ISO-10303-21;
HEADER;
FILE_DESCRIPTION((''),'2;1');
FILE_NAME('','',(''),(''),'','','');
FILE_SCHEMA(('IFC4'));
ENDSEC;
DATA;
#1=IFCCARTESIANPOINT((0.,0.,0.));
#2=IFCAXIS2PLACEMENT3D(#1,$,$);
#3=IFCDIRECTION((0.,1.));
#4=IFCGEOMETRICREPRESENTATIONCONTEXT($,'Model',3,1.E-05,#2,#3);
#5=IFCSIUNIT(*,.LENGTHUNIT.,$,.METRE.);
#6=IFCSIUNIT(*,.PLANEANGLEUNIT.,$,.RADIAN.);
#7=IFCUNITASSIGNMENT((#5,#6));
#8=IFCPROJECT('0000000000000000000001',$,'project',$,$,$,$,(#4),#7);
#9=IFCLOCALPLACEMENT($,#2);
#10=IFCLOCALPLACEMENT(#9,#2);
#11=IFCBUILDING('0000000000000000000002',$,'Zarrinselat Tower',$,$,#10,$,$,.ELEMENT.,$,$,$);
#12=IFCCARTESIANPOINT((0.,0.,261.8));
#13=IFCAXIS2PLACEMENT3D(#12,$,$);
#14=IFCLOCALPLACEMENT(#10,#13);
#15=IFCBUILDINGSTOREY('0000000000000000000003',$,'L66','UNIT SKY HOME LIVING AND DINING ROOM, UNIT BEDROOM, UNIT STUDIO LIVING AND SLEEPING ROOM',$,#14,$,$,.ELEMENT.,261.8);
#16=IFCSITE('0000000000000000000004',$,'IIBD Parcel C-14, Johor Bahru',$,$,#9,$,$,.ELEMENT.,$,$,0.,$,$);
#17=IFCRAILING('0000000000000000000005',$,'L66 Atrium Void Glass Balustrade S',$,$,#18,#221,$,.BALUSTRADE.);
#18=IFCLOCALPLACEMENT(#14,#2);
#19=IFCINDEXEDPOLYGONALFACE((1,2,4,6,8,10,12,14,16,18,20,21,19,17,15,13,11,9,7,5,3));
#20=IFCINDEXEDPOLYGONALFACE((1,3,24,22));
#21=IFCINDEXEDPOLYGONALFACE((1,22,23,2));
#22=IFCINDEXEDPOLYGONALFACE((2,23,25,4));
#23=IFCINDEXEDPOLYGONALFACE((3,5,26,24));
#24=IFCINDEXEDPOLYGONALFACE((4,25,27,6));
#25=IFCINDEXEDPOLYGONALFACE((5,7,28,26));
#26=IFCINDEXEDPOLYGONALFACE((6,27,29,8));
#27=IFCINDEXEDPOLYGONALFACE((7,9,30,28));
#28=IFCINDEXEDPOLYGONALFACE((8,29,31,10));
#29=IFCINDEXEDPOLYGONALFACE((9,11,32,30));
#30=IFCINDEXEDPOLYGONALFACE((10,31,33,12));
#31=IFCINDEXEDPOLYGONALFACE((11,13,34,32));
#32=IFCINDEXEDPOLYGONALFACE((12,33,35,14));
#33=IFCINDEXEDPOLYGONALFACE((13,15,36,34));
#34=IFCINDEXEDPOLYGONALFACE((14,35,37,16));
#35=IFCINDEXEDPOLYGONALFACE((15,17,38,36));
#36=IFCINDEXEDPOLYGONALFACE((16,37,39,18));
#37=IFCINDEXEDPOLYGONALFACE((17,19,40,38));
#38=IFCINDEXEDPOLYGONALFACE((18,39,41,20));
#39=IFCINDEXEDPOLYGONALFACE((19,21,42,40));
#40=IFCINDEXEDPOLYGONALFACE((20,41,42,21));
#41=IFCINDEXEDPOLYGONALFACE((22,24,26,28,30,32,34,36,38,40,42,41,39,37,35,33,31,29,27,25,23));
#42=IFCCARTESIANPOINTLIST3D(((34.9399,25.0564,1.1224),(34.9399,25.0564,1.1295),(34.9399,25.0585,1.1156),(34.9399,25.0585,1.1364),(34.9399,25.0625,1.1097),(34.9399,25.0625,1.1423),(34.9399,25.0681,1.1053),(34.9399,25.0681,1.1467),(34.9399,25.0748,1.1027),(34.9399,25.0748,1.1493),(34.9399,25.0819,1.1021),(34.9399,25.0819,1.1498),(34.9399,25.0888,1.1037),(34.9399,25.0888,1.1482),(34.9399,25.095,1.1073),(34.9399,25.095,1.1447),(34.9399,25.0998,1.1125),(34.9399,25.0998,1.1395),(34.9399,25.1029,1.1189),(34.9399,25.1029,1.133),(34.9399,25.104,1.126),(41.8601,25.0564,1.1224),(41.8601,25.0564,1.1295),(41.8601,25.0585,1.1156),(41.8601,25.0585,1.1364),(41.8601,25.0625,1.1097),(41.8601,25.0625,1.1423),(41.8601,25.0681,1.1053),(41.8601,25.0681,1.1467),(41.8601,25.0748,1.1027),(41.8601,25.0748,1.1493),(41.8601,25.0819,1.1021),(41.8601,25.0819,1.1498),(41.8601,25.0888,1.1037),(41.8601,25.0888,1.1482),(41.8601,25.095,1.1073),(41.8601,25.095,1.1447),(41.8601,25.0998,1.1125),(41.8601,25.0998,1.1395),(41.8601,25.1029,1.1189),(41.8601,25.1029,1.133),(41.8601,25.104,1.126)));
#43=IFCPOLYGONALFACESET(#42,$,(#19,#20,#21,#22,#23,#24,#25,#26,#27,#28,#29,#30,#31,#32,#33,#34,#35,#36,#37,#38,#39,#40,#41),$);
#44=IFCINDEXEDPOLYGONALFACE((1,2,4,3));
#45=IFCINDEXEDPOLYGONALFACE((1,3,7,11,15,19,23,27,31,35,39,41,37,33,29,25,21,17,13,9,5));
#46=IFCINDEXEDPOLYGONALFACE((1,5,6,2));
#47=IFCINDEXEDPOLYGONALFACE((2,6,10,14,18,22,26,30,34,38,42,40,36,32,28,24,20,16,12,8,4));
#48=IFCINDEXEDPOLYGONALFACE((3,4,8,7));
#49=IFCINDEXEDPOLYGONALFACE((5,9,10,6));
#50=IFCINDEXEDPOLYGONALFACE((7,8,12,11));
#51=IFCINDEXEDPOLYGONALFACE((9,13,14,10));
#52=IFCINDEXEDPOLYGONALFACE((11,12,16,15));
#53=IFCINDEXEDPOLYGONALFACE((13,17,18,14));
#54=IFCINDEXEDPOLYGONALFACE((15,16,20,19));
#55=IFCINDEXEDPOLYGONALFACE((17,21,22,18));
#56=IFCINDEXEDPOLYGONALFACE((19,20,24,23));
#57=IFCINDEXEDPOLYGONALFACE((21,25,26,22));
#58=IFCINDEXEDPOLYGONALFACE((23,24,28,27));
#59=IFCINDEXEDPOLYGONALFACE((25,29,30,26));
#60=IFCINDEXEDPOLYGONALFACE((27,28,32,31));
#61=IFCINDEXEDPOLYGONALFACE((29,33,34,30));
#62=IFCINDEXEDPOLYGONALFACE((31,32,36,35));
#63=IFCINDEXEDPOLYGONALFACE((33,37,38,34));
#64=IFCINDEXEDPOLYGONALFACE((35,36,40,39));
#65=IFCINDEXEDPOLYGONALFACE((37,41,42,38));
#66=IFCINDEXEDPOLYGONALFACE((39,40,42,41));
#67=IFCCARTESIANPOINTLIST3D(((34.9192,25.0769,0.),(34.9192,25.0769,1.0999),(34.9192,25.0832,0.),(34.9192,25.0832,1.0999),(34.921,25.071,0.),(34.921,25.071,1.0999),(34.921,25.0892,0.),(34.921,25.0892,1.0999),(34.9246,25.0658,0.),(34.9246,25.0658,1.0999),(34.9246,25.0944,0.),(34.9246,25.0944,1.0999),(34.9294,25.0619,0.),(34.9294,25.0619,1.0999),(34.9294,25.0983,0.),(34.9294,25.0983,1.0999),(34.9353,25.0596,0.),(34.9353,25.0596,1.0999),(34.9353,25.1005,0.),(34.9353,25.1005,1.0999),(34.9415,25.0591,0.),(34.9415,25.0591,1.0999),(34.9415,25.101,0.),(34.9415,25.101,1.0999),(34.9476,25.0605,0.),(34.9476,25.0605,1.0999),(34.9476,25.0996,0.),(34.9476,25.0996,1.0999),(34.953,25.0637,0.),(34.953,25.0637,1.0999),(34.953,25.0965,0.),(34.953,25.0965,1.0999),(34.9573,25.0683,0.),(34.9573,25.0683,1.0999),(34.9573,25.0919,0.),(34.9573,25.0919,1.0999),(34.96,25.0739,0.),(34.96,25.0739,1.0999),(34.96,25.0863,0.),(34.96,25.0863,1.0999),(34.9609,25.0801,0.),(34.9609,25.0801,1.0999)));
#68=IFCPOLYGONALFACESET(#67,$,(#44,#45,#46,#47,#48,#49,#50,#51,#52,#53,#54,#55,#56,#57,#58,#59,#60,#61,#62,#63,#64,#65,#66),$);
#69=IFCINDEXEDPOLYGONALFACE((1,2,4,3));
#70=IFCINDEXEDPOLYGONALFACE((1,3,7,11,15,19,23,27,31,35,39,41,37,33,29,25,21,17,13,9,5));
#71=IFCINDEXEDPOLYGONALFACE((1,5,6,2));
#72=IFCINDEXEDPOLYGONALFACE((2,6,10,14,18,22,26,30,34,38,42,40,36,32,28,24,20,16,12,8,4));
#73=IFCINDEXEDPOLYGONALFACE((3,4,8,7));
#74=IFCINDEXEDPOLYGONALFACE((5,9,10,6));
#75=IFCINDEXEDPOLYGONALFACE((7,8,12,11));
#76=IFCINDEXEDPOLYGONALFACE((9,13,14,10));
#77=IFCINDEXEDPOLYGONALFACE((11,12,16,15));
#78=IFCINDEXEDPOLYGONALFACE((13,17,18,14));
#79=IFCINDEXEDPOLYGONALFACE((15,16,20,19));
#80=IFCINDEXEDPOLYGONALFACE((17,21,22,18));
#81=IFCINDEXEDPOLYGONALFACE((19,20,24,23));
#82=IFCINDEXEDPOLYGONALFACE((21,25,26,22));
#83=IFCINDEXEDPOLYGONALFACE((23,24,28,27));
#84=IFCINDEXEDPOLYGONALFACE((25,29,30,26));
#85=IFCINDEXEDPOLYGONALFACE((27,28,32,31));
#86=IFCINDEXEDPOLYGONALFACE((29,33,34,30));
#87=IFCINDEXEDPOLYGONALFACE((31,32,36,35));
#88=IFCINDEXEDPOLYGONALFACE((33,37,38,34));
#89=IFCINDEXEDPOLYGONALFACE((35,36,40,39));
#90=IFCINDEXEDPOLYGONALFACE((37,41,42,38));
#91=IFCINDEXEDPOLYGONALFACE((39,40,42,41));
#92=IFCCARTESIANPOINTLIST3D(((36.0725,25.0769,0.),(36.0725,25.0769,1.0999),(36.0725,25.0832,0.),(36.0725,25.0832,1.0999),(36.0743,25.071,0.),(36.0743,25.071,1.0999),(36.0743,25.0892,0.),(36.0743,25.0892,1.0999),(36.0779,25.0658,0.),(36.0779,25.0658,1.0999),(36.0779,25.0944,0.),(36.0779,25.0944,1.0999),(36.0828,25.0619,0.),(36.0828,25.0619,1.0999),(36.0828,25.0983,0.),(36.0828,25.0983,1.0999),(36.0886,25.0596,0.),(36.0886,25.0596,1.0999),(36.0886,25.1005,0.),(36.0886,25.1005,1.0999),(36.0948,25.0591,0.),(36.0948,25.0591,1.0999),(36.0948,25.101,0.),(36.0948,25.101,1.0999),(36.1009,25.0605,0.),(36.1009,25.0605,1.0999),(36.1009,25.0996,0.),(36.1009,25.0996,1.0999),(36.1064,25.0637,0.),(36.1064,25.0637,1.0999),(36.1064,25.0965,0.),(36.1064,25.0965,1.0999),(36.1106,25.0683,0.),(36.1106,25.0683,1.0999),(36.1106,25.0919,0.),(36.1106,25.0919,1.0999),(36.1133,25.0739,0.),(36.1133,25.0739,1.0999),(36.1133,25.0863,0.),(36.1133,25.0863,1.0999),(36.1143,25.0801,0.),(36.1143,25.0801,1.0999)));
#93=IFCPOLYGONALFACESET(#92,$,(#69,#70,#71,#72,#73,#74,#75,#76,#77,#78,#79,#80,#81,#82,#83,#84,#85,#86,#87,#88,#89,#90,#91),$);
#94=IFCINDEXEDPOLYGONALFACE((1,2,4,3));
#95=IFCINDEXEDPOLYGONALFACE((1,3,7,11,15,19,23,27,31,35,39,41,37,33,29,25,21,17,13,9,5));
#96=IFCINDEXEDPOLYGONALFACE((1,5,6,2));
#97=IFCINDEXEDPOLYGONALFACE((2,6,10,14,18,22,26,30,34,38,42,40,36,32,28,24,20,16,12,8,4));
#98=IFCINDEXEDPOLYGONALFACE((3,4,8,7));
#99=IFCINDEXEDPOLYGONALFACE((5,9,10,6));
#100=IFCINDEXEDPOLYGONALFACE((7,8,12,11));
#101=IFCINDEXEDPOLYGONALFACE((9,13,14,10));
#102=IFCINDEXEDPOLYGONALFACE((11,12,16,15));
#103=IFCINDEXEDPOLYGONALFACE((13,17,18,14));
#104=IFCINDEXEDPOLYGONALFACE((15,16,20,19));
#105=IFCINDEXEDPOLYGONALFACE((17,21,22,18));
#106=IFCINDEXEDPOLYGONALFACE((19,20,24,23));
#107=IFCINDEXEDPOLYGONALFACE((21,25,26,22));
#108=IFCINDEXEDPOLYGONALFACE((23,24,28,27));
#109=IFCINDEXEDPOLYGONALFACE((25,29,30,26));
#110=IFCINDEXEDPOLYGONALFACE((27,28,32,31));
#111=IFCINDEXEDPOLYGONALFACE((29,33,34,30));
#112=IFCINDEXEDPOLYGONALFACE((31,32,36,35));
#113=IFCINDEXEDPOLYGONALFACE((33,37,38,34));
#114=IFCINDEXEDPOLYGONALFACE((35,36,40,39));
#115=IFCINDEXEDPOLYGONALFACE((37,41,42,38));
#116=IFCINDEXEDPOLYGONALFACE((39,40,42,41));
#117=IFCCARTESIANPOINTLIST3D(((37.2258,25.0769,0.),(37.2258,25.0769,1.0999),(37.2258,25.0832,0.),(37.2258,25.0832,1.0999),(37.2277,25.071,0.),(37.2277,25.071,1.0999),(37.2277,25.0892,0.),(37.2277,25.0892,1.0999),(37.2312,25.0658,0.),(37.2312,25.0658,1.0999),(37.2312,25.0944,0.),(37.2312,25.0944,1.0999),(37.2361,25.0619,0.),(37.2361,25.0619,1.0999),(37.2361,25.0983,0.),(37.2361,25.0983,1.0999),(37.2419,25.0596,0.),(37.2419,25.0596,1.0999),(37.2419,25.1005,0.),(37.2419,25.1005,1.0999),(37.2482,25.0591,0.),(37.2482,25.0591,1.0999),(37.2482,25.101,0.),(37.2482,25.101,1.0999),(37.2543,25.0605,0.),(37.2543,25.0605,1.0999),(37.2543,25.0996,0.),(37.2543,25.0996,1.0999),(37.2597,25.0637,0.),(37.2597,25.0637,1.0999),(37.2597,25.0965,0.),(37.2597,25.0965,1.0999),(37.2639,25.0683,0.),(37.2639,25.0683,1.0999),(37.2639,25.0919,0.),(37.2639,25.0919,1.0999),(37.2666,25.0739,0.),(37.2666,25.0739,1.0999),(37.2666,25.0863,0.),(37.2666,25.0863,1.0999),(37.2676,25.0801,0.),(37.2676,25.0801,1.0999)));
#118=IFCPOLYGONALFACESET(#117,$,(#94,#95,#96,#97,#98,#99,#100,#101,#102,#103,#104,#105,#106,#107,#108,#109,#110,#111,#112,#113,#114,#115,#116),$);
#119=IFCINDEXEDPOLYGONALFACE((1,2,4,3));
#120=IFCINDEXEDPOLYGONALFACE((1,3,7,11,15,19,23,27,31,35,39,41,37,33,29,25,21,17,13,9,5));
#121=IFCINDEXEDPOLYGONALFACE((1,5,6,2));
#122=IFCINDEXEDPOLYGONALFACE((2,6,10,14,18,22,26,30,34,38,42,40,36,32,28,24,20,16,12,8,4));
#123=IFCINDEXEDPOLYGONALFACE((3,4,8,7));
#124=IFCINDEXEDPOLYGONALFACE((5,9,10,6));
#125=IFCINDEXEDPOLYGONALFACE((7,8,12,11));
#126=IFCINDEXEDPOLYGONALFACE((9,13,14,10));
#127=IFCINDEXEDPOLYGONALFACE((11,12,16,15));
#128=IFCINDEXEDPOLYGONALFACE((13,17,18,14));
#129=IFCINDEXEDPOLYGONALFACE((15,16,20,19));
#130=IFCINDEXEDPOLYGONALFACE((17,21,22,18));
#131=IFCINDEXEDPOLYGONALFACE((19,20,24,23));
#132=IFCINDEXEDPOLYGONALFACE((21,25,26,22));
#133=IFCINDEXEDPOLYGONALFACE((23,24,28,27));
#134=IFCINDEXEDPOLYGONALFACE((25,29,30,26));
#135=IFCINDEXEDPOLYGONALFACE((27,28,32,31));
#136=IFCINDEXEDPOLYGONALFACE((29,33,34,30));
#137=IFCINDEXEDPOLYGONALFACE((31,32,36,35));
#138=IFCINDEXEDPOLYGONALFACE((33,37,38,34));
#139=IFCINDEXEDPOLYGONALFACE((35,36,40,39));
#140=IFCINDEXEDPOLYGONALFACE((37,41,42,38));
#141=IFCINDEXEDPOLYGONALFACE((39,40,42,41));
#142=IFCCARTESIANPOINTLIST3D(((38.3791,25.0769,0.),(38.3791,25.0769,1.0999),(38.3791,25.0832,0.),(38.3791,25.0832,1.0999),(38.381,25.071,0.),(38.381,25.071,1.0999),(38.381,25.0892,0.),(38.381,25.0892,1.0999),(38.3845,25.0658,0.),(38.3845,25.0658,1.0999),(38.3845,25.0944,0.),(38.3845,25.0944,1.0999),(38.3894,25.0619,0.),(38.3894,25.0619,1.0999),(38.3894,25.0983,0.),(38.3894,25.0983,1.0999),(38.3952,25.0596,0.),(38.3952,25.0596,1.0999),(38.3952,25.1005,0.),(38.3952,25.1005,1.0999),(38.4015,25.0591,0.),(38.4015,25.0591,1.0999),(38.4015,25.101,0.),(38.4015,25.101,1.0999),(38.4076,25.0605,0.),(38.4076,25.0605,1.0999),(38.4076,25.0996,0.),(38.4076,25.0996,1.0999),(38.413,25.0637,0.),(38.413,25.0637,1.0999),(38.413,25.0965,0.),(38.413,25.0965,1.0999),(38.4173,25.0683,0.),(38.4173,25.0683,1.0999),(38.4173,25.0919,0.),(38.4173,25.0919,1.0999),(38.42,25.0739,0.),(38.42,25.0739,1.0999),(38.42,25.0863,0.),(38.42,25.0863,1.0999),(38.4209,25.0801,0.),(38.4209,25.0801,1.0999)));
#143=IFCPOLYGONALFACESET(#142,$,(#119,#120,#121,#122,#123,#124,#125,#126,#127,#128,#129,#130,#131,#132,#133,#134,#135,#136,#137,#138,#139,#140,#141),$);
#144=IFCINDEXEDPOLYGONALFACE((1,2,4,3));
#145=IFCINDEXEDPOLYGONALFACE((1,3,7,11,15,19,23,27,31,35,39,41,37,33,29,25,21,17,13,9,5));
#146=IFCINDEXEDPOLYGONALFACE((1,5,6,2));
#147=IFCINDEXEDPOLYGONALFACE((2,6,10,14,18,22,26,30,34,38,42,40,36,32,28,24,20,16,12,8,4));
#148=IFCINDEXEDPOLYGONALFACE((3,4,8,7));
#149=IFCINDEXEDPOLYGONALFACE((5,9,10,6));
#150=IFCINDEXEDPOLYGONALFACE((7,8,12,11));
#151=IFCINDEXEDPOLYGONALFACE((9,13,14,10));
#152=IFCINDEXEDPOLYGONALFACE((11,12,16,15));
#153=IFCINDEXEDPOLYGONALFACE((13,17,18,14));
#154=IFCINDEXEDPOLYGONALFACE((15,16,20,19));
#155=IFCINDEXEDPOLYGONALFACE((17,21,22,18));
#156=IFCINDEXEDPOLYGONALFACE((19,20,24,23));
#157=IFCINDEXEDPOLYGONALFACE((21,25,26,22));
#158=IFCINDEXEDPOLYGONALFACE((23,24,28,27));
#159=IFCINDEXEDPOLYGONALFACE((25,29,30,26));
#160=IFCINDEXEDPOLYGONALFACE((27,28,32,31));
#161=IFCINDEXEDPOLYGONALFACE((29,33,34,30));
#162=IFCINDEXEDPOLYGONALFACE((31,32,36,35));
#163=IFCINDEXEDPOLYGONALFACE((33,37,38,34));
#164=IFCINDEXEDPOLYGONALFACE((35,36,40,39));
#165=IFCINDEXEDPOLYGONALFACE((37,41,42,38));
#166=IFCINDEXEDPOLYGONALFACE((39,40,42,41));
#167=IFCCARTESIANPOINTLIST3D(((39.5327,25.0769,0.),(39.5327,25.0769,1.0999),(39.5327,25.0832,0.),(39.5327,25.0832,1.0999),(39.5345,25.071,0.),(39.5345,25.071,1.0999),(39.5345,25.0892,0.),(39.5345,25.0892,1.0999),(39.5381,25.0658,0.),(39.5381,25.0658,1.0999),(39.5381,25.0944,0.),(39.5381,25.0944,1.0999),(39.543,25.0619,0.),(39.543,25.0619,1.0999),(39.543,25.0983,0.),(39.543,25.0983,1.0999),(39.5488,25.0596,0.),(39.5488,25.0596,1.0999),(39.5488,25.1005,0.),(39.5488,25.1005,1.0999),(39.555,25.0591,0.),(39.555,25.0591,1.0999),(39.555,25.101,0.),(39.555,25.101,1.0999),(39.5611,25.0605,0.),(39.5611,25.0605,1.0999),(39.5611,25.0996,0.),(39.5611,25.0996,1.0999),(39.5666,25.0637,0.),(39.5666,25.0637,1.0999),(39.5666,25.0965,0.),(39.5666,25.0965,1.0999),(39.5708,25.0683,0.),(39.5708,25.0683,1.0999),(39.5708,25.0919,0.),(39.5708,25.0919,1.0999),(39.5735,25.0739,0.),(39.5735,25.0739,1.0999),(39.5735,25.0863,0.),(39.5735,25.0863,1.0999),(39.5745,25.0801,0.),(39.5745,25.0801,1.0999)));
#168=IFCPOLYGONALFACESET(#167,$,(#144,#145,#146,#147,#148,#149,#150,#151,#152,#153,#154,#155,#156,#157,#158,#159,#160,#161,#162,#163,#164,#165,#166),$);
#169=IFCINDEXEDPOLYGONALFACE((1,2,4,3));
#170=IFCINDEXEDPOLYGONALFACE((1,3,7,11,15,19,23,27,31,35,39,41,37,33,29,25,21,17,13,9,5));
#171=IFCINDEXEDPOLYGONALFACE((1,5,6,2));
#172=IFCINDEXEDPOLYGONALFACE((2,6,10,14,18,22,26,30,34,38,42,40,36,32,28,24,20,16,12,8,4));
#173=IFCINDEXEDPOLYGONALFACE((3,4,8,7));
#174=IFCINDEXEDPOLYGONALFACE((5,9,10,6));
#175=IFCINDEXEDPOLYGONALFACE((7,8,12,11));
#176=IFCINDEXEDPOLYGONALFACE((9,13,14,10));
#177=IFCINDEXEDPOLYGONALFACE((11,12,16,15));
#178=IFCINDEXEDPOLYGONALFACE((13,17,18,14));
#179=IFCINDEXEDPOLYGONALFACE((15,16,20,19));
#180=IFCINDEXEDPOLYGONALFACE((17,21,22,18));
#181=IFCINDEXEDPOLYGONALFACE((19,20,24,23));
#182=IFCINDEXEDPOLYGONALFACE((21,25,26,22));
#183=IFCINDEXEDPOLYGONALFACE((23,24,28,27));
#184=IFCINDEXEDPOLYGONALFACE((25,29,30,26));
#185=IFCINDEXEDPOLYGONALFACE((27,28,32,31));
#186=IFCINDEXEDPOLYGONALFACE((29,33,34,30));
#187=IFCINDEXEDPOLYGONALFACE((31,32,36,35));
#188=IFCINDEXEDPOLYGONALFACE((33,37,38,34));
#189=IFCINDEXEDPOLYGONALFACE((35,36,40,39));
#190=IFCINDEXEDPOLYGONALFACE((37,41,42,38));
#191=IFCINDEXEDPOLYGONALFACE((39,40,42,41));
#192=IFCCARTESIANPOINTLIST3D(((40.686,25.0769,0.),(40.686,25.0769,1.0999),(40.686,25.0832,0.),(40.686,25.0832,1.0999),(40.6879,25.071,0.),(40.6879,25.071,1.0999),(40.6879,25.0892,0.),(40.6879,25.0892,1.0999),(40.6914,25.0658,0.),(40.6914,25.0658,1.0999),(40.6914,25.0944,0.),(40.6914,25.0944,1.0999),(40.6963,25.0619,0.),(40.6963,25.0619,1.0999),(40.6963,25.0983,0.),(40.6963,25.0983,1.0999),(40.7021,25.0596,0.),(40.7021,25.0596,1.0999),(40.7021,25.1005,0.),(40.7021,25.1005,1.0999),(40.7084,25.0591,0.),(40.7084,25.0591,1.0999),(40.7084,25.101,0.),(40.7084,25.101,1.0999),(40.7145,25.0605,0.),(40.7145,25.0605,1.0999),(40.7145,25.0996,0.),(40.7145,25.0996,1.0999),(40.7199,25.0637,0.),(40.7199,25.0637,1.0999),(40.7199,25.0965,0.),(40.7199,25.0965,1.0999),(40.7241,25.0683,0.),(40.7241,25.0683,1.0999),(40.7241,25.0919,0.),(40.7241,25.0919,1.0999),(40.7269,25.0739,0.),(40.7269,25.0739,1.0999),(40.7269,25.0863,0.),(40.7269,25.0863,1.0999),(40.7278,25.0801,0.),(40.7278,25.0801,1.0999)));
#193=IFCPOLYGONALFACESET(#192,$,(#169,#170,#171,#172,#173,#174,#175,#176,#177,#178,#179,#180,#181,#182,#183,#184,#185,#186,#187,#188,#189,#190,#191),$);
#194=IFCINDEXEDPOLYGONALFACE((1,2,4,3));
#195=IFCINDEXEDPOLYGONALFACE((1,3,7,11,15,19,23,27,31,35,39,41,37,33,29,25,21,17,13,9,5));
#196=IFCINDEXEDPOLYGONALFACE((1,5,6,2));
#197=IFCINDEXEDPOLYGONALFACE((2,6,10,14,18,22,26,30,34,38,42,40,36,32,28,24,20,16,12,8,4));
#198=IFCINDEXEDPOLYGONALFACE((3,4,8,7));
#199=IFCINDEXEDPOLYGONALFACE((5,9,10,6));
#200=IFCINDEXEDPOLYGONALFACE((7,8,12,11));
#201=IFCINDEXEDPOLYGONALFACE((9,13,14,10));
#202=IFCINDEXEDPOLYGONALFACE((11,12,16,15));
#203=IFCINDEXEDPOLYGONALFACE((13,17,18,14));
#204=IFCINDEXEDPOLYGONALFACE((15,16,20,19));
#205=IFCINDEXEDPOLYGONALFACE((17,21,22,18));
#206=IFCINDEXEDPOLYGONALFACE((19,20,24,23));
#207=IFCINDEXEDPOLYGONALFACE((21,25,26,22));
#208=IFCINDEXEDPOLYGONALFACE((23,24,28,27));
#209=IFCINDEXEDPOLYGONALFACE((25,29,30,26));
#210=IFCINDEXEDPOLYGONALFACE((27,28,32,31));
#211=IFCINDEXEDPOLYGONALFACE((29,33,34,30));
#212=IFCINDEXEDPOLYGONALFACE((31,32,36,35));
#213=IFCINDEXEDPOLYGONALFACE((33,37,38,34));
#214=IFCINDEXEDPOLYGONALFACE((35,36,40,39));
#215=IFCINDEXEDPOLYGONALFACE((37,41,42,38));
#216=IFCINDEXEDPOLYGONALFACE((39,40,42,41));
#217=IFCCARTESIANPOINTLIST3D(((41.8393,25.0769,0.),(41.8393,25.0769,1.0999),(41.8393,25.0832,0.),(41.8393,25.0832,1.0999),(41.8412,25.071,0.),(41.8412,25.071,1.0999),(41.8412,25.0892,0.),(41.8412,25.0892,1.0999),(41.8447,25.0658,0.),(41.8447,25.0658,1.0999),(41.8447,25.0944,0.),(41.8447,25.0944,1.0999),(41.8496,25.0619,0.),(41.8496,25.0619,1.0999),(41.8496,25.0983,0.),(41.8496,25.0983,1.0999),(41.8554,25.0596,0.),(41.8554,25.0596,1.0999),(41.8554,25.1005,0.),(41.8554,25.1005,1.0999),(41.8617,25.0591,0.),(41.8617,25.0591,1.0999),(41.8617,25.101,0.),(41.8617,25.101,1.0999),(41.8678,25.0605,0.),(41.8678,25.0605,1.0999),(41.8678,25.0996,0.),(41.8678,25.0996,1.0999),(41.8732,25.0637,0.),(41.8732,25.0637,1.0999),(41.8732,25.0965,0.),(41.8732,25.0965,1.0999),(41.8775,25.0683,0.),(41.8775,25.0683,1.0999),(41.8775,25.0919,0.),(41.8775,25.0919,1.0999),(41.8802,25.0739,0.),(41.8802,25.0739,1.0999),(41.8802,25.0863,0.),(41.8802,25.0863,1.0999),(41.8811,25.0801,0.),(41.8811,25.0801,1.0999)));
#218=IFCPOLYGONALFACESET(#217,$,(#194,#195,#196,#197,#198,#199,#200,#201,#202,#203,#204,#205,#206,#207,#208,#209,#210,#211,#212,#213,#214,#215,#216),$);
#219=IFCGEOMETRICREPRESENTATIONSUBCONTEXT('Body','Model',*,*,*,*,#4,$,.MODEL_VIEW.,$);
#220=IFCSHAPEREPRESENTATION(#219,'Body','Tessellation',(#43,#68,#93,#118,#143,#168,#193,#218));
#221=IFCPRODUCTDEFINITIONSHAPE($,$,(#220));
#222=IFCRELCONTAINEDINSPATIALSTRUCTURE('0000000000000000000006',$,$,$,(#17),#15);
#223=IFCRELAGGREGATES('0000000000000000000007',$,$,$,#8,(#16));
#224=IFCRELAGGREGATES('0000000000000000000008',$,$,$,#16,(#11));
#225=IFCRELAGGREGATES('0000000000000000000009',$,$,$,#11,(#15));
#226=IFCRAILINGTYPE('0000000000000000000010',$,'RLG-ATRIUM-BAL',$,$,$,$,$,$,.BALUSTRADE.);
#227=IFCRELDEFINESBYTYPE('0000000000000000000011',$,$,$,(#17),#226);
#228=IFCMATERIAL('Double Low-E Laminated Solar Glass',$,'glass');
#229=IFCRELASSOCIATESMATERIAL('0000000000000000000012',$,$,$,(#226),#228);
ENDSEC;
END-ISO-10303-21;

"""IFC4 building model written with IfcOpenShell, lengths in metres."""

from ifc_helpers import new_model, si_unit, direction, frame, origin, origin_2d, place, context, subcontext, project, spatial, circle, extrude, material, type_object, element, save


model = new_model("IFC4")

# Units and contexts
model_context = context("Model", 3, precision=1e-05, world=origin(), true_north=direction((0.0, 1.0)))
body_context = subcontext(model_context, "Body", "Model", "MODEL_VIEW")
ifc_project = project(units=[si_unit("LENGTHUNIT", "METRE"), si_unit("PLANEANGLEUNIT", "RADIAN")], contexts=[model_context])

# Site, building, storey
site_placement = place(None, origin())
site = spatial("IfcSite", under=ifc_project, at=site_placement, Name="IIBD Parcel C-14, Johor Bahru", CompositionType="ELEMENT", RefElevation=0.0)
building_placement = place(site_placement, origin())
building = spatial("IfcBuilding", under=site, at=building_placement, Name="Zarrinselat Tower", CompositionType="ELEMENT")
storey_placement = place(building_placement, frame((0.0, 0.0, 261.8)))
storey = spatial("IfcBuildingStorey", under=building, at=storey_placement, Name="L66", Description="UNIT SKY HOME LIVING AND DINING ROOM, UNIT BEDROOM, UNIT STUDIO LIVING AND SLEEPING ROOM", CompositionType="ELEMENT", Elevation=261.8)

# Railing
ifc_material_1 = material(Name="Double Low-E Laminated Solar Glass", Category="glass")
railing_type = type_object("IfcRailingType", Name="RLG-ATRIUM-BAL", PredefinedType="BALUSTRADE", material=ifc_material_1)
railing_1_placement = place(storey_placement, frame((34.9399, 25.0801, 0.0)))
element("IfcRailing", 1, at=railing_1_placement, inside=storey, type_object=railing_type, Name="L66 Atrium Void Glass Balustrade S", PredefinedType="BALUSTRADE", context=body_context, shape_type="SweptSolid", body=[
    extrude(circle(Radius=0.0239, at=origin_2d()), frame((0.0, 0.0, 1.126), z_axis=(1.0, 0.0, 0.0), x_axis=(0.0, 1.0, 0.0)), (0.0, 0.0, 1.0), 6.9202),
    extrude(circle(Radius=0.021, at=origin_2d()), origin(), (0.0, 0.0, 1.0), 1.0999),
    extrude(circle(Radius=0.021, at=origin_2d()), frame((1.1533, 0.0, 0.0)), (0.0, 0.0, 1.0), 1.0999),
    extrude(circle(Radius=0.021, at=origin_2d()), frame((2.3066, 0.0, 0.0)), (0.0, 0.0, 1.0), 1.0999),
    extrude(circle(Radius=0.021, at=origin_2d()), frame((3.46, 0.0, 0.0)), (0.0, 0.0, 1.0), 1.0999),
    extrude(circle(Radius=0.021, at=origin_2d()), frame((4.6135, 0.0, 0.0)), (0.0, 0.0, 1.0), 1.0999),
    extrude(circle(Radius=0.021, at=origin_2d()), frame((5.7668, 0.0, 0.0)), (0.0, 0.0, 1.0), 1.0999),
    extrude(circle(Radius=0.021, at=origin_2d()), frame((6.9202, 0.0, 0.0)), (0.0, 0.0, 1.0), 1.0999),
])

save(model, "model.ifc")
